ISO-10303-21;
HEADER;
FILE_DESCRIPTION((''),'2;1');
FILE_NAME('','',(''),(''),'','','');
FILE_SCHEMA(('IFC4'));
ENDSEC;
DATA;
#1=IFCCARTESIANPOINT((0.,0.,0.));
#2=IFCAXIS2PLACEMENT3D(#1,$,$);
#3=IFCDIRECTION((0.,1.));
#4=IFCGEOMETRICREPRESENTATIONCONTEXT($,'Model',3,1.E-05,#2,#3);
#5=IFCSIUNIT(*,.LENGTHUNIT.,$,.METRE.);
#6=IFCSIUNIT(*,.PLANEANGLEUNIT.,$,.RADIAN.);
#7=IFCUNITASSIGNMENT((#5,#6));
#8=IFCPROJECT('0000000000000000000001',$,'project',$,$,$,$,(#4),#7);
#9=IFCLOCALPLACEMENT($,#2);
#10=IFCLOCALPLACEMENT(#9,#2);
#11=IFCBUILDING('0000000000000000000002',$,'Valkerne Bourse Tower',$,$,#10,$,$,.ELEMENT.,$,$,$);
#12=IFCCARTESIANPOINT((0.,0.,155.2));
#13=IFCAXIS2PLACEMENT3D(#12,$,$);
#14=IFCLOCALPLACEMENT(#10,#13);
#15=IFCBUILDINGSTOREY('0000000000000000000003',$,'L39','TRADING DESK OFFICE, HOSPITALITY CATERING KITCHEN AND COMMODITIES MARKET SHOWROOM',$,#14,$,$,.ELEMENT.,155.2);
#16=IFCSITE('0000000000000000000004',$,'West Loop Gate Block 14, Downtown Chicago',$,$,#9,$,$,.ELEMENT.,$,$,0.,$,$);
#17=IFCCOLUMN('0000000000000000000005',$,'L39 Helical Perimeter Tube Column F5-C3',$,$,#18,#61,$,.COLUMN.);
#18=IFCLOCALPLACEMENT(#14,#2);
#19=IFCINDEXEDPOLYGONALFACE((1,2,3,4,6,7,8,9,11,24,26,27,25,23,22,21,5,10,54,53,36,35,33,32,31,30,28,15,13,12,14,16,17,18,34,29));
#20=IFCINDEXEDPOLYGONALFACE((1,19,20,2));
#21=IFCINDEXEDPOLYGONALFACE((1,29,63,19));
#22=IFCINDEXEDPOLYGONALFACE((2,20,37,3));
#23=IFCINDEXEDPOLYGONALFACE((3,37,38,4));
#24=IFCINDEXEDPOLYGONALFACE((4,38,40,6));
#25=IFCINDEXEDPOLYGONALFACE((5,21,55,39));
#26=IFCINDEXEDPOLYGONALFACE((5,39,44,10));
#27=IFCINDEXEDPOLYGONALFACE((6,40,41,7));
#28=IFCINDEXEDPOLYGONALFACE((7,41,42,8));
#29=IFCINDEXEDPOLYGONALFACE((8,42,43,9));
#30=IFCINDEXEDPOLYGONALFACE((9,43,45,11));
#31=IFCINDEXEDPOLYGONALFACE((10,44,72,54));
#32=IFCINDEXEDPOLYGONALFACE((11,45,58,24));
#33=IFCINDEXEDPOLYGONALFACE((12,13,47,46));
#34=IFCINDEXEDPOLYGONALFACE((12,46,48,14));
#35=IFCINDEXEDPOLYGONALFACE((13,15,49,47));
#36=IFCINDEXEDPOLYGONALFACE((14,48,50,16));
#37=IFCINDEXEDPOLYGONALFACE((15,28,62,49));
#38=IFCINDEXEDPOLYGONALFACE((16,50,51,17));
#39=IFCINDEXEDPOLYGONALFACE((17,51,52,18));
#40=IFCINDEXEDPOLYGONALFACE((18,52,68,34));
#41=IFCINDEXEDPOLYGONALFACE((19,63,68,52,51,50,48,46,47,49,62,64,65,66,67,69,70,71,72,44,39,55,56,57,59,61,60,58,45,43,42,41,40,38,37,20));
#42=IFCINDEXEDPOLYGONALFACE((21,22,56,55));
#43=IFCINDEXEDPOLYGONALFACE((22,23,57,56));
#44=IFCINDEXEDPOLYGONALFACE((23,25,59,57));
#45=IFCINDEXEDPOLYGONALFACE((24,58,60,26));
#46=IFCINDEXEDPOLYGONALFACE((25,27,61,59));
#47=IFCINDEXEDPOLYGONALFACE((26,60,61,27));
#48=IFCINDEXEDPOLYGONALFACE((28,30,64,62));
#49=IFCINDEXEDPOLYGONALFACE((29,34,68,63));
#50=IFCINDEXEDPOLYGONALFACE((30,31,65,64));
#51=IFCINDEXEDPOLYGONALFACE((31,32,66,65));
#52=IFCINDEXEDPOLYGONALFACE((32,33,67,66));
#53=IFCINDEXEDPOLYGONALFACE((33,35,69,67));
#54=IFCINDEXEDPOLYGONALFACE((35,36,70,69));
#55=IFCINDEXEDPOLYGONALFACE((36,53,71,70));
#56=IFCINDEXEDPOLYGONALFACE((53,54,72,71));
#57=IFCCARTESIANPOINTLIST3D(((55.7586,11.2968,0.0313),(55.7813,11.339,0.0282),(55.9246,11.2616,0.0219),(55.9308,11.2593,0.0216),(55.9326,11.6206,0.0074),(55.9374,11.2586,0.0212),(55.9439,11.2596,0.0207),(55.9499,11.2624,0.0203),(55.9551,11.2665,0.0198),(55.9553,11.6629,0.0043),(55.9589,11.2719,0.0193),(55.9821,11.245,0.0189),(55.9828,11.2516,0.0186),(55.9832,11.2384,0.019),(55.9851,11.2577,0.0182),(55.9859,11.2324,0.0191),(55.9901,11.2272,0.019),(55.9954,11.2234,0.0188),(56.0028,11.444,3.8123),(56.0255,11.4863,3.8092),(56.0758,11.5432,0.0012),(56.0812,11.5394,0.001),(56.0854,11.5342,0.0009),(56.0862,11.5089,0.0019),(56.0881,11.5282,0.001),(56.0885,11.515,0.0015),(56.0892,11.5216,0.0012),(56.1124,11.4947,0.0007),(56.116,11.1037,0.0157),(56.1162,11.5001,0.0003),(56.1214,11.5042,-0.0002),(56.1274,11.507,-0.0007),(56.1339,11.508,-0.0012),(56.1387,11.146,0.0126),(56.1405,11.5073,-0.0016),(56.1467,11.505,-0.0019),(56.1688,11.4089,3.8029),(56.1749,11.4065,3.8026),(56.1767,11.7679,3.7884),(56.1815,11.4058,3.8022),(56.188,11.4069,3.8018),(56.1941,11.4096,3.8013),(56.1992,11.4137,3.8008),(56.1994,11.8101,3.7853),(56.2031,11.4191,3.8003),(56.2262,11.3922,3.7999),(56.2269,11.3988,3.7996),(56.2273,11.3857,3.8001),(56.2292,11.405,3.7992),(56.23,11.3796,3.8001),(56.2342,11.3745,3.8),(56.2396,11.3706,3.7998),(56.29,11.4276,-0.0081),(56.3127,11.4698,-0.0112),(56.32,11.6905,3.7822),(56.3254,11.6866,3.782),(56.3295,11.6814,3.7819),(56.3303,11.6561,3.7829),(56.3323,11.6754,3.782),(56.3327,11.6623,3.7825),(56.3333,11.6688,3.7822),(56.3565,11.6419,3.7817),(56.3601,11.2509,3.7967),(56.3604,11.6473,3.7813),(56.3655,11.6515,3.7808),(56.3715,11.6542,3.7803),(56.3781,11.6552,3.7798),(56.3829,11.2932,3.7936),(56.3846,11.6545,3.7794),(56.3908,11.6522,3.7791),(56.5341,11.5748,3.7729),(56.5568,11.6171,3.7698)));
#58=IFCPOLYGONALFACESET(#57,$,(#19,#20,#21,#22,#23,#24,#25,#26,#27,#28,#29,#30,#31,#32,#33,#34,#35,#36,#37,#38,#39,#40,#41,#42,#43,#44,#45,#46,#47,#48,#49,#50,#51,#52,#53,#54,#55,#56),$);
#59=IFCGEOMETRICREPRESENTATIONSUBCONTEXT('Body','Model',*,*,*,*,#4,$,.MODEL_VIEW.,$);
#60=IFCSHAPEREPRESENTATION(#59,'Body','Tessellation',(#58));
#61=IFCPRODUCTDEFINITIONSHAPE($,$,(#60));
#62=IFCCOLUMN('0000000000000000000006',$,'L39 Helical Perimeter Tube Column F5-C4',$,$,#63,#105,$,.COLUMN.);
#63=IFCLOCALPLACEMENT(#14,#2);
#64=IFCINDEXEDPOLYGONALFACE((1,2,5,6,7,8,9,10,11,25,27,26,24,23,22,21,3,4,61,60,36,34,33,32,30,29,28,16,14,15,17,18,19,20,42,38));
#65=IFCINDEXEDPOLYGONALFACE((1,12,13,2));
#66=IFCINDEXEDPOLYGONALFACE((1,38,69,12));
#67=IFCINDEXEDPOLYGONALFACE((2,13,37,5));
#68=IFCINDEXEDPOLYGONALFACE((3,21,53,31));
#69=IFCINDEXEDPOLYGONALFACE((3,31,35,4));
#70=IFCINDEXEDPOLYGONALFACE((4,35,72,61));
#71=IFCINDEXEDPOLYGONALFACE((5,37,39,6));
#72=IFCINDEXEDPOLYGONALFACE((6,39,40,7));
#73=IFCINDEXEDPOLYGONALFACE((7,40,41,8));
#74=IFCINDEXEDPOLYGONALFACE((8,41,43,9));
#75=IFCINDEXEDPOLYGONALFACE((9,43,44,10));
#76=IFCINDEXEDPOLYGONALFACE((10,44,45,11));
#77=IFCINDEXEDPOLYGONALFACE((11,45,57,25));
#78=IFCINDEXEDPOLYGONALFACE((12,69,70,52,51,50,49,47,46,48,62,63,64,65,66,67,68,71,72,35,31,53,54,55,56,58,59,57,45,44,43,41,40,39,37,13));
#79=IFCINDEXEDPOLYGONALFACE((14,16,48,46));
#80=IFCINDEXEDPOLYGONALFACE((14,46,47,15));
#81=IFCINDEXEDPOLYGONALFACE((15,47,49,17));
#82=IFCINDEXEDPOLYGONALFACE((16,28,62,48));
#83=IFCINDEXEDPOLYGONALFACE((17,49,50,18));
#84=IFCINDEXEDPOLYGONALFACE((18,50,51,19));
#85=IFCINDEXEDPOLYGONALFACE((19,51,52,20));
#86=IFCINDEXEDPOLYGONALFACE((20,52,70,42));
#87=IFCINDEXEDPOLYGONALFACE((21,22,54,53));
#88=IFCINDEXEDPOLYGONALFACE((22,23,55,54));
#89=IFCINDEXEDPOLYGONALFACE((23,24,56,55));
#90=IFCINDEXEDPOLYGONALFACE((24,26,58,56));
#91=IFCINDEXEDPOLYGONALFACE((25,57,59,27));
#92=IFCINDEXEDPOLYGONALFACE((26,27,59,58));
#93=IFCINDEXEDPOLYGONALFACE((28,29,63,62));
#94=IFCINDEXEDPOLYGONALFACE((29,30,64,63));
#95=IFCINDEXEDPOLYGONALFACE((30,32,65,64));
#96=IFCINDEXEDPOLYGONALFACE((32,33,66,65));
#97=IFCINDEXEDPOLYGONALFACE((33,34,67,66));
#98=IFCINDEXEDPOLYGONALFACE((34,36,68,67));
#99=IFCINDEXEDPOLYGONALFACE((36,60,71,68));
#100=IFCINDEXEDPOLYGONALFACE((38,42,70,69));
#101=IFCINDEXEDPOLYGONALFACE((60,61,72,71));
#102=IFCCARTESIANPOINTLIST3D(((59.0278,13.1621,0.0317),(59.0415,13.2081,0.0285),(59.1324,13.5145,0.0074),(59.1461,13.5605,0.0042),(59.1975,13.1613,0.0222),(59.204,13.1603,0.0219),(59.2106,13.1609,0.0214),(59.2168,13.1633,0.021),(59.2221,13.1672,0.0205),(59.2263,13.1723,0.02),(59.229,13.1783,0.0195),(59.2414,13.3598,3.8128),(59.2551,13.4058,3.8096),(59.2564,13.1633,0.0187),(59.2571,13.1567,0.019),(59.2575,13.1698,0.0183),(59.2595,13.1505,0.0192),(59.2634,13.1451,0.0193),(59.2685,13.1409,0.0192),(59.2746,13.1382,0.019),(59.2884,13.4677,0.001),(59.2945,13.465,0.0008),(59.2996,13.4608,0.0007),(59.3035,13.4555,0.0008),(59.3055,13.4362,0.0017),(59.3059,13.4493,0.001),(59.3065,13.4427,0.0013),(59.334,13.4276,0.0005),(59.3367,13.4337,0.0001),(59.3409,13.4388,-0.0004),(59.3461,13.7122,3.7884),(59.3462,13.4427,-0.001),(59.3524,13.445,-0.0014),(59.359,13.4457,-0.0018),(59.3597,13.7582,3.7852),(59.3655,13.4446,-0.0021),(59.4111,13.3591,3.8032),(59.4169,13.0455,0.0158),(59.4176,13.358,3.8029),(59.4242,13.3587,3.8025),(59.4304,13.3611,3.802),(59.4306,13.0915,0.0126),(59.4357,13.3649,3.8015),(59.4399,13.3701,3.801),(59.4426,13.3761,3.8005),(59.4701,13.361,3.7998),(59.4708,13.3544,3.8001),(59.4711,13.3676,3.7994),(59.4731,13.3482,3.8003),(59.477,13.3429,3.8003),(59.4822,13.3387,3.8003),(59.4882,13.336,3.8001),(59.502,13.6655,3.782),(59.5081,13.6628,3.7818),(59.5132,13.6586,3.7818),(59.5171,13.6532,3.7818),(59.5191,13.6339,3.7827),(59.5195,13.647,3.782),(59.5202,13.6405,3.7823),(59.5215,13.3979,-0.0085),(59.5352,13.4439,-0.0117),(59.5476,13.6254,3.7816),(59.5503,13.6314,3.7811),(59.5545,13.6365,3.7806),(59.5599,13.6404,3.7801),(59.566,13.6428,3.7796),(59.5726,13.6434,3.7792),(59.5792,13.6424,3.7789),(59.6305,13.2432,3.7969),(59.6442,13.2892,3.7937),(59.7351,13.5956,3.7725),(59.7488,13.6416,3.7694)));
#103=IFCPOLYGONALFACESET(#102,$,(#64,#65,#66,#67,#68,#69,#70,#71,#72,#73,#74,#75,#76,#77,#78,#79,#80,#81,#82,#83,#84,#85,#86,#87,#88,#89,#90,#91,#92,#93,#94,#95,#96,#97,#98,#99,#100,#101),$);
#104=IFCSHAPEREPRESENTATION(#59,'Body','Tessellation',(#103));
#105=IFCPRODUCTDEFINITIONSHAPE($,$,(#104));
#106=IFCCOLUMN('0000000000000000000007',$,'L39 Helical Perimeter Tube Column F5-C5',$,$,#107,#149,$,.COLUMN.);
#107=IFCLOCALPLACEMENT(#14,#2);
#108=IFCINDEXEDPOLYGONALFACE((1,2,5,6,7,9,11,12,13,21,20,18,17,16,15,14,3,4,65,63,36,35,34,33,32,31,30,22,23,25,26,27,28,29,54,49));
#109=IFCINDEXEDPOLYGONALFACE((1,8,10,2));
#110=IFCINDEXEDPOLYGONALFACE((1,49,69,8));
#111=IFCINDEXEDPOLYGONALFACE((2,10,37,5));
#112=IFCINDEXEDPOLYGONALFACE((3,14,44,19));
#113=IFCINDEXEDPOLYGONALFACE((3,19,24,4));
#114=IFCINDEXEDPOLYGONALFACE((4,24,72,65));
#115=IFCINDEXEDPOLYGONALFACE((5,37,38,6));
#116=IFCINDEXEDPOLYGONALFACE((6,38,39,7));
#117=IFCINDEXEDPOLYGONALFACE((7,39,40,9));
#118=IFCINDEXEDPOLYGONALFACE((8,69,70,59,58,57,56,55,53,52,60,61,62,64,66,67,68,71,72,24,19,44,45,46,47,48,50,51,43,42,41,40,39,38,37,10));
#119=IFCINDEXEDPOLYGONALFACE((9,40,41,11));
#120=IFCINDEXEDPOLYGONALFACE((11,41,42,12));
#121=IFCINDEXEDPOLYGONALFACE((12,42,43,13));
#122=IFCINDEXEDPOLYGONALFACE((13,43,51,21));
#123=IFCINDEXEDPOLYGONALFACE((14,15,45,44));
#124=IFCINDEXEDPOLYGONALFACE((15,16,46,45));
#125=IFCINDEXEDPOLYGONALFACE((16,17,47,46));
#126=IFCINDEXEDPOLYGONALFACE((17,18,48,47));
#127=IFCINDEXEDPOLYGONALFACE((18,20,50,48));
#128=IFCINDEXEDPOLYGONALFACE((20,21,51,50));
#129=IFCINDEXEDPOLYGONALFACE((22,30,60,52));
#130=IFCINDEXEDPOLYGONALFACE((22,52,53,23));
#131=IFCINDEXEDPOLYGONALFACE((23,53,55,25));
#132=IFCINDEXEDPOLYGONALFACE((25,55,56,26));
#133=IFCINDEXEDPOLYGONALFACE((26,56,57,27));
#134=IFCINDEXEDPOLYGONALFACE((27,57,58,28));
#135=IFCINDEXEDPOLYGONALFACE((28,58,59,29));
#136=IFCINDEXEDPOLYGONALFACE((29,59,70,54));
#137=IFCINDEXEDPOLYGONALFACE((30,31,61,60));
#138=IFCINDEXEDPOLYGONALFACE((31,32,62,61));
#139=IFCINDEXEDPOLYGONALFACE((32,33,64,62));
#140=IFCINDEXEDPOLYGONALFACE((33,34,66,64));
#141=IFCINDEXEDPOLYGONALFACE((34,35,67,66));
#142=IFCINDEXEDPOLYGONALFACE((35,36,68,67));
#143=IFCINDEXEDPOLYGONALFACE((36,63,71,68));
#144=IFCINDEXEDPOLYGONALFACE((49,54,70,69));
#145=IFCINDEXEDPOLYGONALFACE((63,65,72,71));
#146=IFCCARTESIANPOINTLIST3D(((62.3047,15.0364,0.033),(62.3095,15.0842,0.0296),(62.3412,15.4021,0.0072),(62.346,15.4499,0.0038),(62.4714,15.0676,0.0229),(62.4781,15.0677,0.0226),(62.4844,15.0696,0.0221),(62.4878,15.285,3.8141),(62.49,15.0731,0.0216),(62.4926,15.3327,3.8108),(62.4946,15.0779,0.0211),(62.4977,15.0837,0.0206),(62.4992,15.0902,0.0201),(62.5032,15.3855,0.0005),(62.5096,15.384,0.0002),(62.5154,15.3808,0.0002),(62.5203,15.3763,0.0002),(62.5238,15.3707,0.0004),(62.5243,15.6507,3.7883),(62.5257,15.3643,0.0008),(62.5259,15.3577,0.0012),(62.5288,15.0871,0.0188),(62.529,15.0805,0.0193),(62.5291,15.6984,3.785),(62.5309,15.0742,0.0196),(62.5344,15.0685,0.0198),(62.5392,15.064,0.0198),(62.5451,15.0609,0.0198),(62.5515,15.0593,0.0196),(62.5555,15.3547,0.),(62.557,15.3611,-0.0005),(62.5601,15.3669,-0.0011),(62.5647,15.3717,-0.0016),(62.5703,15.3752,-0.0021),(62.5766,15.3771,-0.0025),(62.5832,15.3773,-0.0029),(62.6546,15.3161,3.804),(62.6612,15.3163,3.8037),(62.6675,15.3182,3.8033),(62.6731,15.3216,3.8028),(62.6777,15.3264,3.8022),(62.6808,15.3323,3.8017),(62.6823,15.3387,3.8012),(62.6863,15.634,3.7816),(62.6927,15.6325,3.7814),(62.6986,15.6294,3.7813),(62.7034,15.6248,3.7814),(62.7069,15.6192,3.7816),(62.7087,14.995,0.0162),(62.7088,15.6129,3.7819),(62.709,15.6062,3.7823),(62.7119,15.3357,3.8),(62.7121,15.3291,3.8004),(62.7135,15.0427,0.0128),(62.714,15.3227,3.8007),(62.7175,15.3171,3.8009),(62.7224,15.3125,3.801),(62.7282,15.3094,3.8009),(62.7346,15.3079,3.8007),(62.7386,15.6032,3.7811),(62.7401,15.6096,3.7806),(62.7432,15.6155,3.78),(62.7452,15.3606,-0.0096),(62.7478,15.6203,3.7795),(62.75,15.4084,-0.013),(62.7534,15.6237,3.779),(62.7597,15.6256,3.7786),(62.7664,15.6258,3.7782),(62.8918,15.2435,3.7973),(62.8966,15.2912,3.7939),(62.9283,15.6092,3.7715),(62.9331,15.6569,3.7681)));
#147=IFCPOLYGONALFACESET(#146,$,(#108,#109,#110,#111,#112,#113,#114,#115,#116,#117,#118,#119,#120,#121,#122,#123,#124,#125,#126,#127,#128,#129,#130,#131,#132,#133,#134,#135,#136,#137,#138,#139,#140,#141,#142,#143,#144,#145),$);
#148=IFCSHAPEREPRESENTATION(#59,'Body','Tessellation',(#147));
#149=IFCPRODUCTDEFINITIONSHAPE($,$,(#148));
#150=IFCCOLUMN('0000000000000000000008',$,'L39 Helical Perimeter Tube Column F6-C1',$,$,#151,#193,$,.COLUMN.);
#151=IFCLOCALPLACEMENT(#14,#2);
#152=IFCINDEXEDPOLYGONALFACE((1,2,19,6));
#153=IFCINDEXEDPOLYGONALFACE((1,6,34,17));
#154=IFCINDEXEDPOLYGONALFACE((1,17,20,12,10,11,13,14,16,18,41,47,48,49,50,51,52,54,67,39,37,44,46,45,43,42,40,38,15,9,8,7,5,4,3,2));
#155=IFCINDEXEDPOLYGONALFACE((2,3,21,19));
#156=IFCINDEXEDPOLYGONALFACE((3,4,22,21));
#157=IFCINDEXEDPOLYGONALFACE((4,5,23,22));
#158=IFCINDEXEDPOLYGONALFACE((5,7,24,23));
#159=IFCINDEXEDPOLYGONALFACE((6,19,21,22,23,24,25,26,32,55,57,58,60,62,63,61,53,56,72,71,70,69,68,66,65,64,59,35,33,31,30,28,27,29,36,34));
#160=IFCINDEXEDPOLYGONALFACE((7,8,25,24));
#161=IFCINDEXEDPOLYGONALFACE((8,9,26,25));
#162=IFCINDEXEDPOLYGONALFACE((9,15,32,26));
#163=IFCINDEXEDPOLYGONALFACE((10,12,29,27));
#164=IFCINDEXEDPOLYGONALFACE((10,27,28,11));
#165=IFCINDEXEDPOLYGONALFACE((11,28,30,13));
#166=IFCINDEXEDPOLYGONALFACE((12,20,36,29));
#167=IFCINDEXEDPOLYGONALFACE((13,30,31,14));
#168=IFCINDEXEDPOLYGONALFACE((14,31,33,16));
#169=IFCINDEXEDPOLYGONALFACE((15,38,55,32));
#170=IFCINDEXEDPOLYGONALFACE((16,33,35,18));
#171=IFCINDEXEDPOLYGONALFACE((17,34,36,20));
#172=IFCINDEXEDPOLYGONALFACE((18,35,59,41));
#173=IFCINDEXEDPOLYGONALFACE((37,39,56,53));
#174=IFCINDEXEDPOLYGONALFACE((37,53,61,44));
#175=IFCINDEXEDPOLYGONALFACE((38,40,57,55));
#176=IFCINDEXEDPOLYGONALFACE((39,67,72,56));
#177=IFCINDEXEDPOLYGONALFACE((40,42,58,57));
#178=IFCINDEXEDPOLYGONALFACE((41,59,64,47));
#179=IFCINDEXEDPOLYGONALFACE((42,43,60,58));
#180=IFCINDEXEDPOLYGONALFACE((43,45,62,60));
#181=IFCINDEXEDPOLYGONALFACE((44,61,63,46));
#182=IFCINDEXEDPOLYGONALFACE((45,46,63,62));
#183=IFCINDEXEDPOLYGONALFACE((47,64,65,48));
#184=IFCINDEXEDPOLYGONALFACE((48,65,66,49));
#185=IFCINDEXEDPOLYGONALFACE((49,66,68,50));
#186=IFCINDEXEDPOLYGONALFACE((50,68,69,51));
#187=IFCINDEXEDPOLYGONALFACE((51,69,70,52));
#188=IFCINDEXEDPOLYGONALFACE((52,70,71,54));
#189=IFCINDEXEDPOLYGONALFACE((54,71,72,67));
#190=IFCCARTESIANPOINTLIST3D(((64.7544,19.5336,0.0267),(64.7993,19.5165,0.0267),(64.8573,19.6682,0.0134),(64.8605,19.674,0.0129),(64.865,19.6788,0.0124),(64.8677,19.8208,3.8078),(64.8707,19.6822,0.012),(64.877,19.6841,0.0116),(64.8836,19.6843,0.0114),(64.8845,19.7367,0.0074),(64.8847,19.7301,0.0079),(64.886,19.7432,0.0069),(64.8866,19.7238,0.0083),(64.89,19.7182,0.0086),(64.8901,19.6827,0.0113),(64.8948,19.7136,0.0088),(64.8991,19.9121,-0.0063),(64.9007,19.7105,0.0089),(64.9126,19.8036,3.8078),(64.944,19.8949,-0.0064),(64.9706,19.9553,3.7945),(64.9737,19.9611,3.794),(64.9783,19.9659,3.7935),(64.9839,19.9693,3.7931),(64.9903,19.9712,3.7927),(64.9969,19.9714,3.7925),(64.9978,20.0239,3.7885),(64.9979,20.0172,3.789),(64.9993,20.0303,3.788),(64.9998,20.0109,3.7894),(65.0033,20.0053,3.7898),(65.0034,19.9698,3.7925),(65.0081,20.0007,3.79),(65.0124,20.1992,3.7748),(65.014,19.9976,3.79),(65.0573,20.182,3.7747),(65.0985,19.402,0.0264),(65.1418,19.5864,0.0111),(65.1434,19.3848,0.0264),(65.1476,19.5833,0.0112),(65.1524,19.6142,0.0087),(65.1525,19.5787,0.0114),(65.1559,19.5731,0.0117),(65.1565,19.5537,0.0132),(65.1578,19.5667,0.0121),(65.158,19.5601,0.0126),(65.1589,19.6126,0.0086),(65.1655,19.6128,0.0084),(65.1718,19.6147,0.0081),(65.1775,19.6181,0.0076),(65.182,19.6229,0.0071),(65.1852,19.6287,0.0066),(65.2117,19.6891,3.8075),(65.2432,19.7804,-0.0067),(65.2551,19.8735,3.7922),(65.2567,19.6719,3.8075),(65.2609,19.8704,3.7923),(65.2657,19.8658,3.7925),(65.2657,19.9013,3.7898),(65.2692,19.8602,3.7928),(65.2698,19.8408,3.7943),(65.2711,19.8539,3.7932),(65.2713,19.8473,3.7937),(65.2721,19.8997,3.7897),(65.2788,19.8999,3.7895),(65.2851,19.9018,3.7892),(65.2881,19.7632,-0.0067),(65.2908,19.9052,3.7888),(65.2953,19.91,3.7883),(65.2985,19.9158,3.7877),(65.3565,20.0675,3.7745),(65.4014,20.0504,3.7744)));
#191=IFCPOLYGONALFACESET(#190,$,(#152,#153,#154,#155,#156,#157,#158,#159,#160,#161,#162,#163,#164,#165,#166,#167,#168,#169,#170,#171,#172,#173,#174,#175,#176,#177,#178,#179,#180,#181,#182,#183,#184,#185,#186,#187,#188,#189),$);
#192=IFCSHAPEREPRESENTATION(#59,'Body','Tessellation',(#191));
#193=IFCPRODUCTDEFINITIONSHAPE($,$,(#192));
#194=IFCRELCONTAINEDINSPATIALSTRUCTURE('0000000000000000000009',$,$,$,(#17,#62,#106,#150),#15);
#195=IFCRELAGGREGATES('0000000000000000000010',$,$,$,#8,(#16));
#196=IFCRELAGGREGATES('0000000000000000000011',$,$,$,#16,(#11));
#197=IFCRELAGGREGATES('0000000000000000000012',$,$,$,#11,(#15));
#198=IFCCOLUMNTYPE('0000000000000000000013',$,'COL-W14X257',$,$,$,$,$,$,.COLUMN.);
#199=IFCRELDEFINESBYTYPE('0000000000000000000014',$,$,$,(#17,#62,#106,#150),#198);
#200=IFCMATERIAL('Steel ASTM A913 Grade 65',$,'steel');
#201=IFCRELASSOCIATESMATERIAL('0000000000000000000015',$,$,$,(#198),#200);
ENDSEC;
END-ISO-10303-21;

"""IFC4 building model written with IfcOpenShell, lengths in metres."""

from ifc_helpers import new_model, si_unit, direction, frame, origin, origin_2d, place, context, subcontext, project, spatial, i_section, extrude, material, material_profile, profile_set, type_object, element, save


model = new_model("IFC4")

# Units and contexts
model_context = context("Model", 3, precision=1e-05, world=origin(), true_north=direction((0.0, 1.0)))
body_context = subcontext(model_context, "Body", "Model", "MODEL_VIEW")
ifc_project = project(units=[si_unit("LENGTHUNIT", "METRE"), si_unit("PLANEANGLEUNIT", "RADIAN")], contexts=[model_context])

# Site, building, storey
site_placement = place(None, origin())
site = spatial("IfcSite", under=ifc_project, at=site_placement, Name="West Loop Gate Block 14, Downtown Chicago", CompositionType="ELEMENT", RefElevation=0.0)
building_placement = place(site_placement, origin())
building = spatial("IfcBuilding", under=site, at=building_placement, Name="Valkerne Bourse Tower", CompositionType="ELEMENT")
storey_placement = place(building_placement, frame((0.0, 0.0, 155.2)))
storey = spatial("IfcBuildingStorey", under=building, at=storey_placement, Name="L39", Description="TRADING DESK OFFICE, HOSPITALITY CATERING KITCHEN AND COMMODITIES MARKET SHOWROOM", CompositionType="ELEMENT", Elevation=155.2)

# Columns
ifc_material_1 = material(Name="Steel ASTM A913 Grade 65", Category="steel")
ifc_material_profile_1 = material_profile(ifc_material_1, i_section(OverallWidth=0.4065, OverallDepth=0.4165, WebThickness=0.0298, FlangeThickness=0.0481, FilletRadius=0.0254, at=origin_2d()), Name="W14X257")
ifc_profile_set_1 = profile_set([ifc_material_profile_1], Name="Steel ASTM A913 Grade 65")
column_type = type_object("IfcColumnType", Name="COL-W14X257", PredefinedType="COLUMN", material=ifc_profile_set_1)
column_1_placement = place(storey_placement, frame((56.0356, 11.3833, 0.01), z_axis=(0.064388, 0.038826, 0.997169), x_axis=(-0.87916, 0.474986, 0.038274)))
element("IfcColumn", 1, at=column_1_placement, inside=storey, type_object=column_type, Name="L39 Helical Perimeter Tube Column F5-C3", PredefinedType="COLUMN", context=body_context, shape_type="SweptSolid", body=[
    extrude(i_section(OverallWidth=0.4065, OverallDepth=0.4165, WebThickness=0.0298, FlangeThickness=0.0481, FilletRadius=0.0254, at=origin_2d()), origin(), (0.0, 0.0, 1.0), 3.7917),
])
column_2_placement = place(storey_placement, frame((59.2815, 13.303, 0.01), z_axis=(0.056332, 0.052148, 0.997049), x_axis=(-0.957175, 0.286861, 0.039076)))
element("IfcColumn", 2, at=column_2_placement, inside=storey, type_object=column_type, Name="L39 Helical Perimeter Tube Column F5-C4", PredefinedType="COLUMN", context=body_context, shape_type="SweptSolid", body=[
    extrude(i_section(OverallWidth=0.4065, OverallDepth=0.4165, WebThickness=0.0298, FlangeThickness=0.0481, FilletRadius=0.0254, at=origin_2d()), origin(), (0.0, 0.0, 1.0), 3.7922),
])
for number, where, z_axis, x_axis, name in (
    (3, (62.5273, 15.2224, 0.01), (0.048267, 0.065515, 0.996684), (-0.993914, 0.102077, 0.041423), "L39 Helical Perimeter Tube Column F5-C5"),
    (4, (65.0212, 19.6484, 0.01), (0.029861, 0.075683, 0.996685), (-0.356045, -0.930921, 0.081356), "L39 Helical Perimeter Tube Column F6-C1"),
):
    element("IfcColumn", number, at=place(storey_placement, frame(where, z_axis=z_axis, x_axis=x_axis)), inside=storey, type_object=column_type, Name=name, PredefinedType="COLUMN", context=body_context, shape_type="SweptSolid", body=[
        extrude(i_section(OverallWidth=0.4065, OverallDepth=0.4165, WebThickness=0.0298, FlangeThickness=0.0481, FilletRadius=0.0254, at=origin_2d()), origin(), (0.0, 0.0, 1.0), 3.7937),
    ])

save(model, "model.ifc")
